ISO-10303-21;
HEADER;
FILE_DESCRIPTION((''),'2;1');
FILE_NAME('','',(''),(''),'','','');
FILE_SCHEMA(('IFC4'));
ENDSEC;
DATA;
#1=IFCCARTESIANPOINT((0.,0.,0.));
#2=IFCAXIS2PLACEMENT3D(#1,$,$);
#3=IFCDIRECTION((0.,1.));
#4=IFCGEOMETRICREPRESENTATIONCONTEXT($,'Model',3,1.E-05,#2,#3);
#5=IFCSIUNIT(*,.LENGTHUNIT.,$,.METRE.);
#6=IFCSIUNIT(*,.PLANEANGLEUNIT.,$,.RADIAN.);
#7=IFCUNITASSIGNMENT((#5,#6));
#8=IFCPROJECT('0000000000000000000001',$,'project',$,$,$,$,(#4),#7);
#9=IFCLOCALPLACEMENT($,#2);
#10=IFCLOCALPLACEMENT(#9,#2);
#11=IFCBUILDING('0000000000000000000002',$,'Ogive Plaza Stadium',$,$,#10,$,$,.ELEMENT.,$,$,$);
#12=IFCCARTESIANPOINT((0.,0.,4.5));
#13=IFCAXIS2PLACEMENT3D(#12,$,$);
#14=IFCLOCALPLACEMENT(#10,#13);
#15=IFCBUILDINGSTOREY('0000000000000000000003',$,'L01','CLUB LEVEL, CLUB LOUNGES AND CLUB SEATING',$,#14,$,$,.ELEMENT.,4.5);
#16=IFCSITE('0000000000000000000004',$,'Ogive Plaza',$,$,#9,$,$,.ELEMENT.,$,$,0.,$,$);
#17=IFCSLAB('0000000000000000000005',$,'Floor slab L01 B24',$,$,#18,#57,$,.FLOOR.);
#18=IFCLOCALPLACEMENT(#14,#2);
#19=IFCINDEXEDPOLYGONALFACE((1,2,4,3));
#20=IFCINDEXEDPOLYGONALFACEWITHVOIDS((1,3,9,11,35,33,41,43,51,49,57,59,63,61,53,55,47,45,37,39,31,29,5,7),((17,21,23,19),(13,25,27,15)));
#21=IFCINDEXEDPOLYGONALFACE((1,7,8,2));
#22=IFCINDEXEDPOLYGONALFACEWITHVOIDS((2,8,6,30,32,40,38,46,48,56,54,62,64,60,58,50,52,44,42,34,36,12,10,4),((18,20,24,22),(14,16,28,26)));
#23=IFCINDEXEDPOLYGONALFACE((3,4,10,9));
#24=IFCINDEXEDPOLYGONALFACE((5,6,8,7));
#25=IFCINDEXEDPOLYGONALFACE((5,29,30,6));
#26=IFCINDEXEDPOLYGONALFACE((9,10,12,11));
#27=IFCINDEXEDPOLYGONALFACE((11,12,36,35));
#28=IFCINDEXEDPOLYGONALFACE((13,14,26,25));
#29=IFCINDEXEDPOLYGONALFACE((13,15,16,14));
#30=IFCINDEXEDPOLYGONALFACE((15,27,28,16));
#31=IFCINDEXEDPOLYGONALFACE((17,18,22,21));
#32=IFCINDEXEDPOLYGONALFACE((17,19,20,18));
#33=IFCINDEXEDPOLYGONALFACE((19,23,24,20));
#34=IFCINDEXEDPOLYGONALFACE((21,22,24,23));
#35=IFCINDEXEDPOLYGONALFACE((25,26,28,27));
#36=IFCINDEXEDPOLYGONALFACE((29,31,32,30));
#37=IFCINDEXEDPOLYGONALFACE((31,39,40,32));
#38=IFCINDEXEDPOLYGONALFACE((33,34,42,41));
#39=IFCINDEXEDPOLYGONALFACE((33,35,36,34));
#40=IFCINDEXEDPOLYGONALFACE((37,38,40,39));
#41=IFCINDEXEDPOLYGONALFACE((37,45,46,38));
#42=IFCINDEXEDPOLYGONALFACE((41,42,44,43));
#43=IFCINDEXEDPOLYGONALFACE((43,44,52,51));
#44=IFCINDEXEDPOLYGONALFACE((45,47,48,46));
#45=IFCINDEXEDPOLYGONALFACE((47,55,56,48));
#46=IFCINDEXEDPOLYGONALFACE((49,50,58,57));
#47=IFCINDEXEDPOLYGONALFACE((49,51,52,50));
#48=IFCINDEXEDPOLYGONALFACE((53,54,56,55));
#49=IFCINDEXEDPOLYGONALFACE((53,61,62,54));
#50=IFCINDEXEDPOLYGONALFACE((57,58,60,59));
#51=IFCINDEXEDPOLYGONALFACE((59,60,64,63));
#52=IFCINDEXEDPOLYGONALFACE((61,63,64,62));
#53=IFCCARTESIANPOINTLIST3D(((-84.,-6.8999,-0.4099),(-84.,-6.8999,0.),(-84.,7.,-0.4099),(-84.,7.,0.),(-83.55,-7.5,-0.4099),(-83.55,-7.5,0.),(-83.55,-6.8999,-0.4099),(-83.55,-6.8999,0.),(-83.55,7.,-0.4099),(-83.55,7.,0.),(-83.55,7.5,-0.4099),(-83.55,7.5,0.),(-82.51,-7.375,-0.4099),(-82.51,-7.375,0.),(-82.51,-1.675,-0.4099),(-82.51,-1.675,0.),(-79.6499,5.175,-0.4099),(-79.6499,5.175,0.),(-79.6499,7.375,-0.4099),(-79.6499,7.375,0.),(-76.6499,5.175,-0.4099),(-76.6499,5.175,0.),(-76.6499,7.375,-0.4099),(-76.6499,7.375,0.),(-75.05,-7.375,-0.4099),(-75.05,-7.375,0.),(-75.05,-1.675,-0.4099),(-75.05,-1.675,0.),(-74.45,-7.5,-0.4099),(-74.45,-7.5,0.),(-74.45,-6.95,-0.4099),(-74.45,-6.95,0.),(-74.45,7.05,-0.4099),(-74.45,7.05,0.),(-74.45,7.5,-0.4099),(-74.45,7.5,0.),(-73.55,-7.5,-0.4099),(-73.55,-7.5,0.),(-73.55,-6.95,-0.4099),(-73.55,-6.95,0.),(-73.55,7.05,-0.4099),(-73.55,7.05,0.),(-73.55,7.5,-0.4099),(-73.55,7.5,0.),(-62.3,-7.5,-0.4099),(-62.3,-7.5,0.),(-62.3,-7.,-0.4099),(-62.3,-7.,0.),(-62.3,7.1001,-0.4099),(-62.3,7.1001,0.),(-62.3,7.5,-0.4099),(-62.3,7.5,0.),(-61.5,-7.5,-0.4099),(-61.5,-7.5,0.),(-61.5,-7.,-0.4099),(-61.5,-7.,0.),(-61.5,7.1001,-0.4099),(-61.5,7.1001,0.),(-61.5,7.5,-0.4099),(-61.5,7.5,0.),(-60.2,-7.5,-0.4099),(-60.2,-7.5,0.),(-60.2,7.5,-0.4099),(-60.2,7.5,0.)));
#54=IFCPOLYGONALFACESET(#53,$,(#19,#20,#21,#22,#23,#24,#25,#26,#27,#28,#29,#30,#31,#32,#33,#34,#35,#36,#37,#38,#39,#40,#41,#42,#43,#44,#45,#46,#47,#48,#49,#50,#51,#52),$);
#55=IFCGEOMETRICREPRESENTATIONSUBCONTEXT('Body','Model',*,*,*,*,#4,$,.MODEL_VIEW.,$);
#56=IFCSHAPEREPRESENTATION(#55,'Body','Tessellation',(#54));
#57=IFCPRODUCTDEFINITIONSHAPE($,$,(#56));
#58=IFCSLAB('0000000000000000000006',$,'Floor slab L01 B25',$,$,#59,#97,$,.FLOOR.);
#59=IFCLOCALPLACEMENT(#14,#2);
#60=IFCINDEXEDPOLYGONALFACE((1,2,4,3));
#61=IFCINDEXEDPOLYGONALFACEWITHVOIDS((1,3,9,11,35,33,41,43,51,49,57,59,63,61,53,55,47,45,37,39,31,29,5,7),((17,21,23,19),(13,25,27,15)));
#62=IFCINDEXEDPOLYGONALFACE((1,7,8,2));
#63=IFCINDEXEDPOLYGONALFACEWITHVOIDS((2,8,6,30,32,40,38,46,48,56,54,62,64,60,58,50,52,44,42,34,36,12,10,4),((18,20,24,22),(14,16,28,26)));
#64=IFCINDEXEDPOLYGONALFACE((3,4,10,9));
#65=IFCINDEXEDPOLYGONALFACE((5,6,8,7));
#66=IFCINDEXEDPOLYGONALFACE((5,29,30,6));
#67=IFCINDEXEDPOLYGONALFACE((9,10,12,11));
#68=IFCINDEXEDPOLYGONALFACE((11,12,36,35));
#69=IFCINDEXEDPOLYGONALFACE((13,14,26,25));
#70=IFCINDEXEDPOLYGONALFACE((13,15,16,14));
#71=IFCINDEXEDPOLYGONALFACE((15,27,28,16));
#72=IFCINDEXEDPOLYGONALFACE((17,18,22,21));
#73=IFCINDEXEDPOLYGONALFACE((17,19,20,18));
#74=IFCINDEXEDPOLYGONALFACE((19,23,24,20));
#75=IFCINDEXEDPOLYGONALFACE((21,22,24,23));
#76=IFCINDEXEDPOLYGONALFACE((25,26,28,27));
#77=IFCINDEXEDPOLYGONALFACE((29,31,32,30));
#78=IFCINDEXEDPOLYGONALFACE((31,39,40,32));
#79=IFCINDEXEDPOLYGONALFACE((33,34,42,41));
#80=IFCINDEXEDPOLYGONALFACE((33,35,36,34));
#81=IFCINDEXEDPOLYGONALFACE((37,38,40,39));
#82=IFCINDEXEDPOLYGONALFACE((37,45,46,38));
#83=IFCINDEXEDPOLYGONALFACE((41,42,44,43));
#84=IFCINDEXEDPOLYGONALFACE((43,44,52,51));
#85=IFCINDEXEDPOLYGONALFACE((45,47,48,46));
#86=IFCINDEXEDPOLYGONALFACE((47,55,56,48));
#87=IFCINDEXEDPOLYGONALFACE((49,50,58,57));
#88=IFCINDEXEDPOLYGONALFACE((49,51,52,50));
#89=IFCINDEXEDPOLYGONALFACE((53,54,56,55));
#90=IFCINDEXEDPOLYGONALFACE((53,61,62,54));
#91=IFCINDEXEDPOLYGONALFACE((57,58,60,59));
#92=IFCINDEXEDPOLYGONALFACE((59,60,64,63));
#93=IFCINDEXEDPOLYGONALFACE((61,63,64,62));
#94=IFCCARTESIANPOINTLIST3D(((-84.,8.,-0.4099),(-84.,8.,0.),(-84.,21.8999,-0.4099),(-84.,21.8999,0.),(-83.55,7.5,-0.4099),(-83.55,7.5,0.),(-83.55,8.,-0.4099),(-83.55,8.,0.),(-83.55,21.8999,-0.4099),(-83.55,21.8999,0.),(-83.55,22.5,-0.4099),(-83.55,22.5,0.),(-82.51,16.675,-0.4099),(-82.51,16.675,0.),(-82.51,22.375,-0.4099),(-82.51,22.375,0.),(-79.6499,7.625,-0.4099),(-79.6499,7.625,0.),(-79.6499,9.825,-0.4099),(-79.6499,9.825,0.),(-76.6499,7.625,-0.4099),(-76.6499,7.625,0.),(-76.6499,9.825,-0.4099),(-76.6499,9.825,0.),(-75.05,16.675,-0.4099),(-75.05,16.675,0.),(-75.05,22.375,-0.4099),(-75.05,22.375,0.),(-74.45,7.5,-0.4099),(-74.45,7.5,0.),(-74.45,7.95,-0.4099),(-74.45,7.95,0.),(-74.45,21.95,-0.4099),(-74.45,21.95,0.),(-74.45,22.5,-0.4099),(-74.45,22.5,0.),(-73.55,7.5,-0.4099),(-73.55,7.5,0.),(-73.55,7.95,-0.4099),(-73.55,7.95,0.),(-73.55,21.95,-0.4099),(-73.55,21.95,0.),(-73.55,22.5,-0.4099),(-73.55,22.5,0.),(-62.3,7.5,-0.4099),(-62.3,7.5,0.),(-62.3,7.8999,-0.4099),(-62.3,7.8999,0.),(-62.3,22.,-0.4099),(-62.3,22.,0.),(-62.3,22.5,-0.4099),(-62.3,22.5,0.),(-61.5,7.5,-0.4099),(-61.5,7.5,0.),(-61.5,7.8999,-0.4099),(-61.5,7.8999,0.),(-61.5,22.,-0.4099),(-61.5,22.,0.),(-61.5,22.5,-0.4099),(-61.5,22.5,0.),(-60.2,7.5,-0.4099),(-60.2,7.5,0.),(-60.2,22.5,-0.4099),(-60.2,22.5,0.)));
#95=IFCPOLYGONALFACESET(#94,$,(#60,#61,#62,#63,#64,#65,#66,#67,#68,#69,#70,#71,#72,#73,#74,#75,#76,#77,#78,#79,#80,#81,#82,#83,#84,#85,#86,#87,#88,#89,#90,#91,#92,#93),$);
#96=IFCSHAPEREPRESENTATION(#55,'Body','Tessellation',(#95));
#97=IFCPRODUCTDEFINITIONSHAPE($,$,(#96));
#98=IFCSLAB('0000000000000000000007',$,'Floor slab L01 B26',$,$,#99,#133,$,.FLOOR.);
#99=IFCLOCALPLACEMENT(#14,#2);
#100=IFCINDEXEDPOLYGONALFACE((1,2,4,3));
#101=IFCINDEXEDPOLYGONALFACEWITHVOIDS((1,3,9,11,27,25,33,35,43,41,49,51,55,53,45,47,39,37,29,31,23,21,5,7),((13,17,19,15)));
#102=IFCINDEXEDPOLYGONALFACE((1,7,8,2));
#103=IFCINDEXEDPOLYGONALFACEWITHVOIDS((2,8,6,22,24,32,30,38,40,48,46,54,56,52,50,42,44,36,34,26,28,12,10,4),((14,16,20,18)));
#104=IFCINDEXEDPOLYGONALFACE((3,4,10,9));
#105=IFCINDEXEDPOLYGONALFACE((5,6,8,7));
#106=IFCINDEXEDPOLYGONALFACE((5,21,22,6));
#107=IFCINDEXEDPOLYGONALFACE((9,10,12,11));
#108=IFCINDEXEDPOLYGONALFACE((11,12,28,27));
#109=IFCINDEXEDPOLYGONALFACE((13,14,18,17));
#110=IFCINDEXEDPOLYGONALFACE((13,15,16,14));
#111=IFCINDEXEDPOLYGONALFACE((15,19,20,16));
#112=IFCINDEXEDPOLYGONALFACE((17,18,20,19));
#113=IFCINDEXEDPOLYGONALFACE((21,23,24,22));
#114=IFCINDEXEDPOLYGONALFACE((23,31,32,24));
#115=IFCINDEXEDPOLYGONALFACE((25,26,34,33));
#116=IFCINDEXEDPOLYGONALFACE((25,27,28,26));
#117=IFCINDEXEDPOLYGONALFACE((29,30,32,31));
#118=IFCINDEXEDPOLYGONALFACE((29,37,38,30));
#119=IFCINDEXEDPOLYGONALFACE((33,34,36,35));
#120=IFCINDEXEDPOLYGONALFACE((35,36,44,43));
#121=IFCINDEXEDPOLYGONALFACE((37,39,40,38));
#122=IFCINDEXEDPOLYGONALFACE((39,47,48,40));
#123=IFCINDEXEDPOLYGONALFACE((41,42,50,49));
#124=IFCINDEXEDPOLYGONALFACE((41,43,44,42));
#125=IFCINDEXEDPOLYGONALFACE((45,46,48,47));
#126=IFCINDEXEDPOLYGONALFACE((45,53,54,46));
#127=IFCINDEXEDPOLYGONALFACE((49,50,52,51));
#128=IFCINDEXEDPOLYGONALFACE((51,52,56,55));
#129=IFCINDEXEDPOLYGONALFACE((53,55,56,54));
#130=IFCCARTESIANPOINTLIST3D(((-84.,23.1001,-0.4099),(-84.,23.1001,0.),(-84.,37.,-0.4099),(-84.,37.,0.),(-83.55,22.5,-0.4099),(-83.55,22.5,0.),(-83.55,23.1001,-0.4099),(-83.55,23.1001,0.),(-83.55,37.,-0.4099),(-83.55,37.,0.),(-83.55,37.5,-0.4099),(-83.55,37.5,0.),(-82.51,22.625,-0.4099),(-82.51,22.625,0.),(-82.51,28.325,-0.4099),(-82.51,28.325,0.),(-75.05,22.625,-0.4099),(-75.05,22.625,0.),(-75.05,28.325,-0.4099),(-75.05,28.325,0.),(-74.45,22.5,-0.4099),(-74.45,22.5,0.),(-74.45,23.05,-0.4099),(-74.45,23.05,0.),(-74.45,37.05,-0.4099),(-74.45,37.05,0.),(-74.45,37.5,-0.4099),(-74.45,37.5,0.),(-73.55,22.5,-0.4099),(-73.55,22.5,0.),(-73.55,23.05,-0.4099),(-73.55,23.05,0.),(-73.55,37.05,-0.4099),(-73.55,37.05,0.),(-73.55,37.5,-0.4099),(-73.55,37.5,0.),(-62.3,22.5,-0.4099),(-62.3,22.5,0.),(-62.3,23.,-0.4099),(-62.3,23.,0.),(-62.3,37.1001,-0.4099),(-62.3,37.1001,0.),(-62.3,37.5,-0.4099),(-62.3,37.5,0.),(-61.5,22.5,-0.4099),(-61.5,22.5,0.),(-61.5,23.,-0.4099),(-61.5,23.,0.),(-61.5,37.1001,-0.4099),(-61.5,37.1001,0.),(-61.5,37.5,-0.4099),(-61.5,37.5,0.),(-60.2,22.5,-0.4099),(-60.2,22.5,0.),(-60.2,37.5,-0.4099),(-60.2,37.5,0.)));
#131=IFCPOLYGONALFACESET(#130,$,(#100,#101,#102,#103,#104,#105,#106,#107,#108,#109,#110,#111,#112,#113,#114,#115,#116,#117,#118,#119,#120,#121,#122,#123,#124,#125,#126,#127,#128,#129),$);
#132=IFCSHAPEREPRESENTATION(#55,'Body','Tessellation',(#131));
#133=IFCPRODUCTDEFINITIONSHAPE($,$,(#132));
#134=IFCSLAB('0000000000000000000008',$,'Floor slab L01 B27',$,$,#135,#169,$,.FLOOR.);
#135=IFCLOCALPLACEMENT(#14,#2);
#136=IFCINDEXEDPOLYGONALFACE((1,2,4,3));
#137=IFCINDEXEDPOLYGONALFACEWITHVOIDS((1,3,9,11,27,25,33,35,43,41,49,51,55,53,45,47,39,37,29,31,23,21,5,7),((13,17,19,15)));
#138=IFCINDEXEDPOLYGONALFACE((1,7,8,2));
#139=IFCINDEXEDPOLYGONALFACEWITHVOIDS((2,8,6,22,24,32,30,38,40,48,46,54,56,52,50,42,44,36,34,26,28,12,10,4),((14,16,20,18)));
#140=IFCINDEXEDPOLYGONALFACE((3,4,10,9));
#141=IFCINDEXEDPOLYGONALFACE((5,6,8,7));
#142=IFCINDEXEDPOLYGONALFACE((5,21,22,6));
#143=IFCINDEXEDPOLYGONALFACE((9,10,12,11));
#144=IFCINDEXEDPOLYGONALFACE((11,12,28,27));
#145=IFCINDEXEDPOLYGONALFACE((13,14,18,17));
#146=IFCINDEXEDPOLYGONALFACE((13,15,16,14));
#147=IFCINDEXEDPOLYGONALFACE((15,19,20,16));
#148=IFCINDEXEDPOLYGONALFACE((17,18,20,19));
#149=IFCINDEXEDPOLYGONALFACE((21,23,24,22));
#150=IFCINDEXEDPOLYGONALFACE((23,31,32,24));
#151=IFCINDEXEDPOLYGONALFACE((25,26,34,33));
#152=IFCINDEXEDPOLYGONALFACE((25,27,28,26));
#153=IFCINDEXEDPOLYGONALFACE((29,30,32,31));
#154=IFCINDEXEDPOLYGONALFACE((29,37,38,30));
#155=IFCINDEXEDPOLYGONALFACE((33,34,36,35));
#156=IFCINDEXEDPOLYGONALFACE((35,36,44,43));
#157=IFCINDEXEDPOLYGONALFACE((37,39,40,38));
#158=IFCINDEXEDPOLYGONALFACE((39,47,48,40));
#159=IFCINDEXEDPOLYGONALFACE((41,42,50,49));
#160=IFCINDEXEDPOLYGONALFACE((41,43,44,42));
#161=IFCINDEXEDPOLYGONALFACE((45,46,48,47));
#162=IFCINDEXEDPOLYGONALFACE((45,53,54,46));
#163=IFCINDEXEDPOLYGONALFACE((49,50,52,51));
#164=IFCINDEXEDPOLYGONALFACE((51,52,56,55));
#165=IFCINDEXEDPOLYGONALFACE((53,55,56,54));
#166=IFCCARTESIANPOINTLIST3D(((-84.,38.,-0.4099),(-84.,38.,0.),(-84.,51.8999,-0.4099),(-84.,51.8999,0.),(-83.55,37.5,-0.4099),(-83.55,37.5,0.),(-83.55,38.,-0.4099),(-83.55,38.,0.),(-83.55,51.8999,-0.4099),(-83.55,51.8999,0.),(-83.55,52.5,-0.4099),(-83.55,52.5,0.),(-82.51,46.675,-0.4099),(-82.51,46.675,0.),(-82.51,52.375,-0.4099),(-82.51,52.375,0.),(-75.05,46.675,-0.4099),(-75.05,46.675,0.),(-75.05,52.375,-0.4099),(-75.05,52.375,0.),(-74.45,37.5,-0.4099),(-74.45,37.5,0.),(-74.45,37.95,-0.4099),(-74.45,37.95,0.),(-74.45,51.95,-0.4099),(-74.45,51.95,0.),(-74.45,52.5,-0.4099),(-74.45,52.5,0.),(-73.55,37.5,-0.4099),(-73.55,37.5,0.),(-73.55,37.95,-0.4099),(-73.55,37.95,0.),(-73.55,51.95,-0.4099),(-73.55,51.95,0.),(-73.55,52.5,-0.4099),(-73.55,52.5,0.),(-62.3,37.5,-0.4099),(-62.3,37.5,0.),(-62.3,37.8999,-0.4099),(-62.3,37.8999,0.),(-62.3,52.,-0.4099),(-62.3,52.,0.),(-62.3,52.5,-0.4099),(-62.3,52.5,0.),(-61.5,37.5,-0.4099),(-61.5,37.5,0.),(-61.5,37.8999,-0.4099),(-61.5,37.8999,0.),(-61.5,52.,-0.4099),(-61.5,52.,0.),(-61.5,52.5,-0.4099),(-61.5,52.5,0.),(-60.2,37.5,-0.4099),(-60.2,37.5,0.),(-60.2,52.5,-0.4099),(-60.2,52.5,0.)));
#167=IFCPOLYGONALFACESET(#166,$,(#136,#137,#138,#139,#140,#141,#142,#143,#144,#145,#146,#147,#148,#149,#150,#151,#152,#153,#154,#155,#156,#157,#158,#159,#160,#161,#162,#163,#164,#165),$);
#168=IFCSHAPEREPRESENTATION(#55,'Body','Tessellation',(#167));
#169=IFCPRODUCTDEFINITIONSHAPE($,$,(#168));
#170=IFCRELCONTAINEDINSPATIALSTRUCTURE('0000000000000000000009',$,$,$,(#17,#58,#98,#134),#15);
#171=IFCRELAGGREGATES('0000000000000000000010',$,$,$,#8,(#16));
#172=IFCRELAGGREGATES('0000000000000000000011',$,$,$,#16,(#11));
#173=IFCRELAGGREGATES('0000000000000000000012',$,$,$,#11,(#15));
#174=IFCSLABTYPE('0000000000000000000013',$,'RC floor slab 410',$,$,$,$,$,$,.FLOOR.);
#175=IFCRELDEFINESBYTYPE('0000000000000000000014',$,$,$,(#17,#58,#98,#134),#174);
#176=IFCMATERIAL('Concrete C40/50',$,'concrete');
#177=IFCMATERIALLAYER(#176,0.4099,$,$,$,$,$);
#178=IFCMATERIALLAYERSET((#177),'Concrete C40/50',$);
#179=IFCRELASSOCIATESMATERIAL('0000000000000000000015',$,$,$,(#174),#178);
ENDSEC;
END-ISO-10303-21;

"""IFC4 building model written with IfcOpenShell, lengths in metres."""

from ifc_helpers import new_model, si_unit, direction, frame, origin, place, context, subcontext, project, spatial, polyline, outline, extrude, material, layer, layer_set, type_object, element, save


model = new_model("IFC4")

# Units and contexts
model_context = context("Model", 3, precision=1e-05, world=origin(), true_north=direction((0.0, 1.0)))
body_context = subcontext(model_context, "Body", "Model", "MODEL_VIEW")
ifc_project = project(units=[si_unit("LENGTHUNIT", "METRE"), si_unit("PLANEANGLEUNIT", "RADIAN")], contexts=[model_context])

# Site, building, storey
site_placement = place(None, origin())
site = spatial("IfcSite", under=ifc_project, at=site_placement, Name="Ogive Plaza", CompositionType="ELEMENT", RefElevation=0.0)
building_placement = place(site_placement, origin())
building = spatial("IfcBuilding", under=site, at=building_placement, Name="Ogive Plaza Stadium", CompositionType="ELEMENT")
storey_placement = place(building_placement, frame((0.0, 0.0, 4.5)))
storey = spatial("IfcBuildingStorey", under=building, at=storey_placement, Name="L01", Description="CLUB LEVEL, CLUB LOUNGES AND CLUB SEATING", CompositionType="ELEMENT", Elevation=4.5)

# Slabs
ifc_material = material(Name="Concrete C40/50", Category="concrete")
ifc_layer = layer(ifc_material, 0.4099)
ifc_layer_set = layer_set([ifc_layer], Name="Concrete C40/50")
slab_type = type_object("IfcSlabType", Name="RC floor slab 410", PredefinedType="FLOOR", material=ifc_layer_set)
slab_1_placement = place(storey_placement, frame((0.0, 0.0, -0.4099)))
element("IfcSlab", 1, at=slab_1_placement, inside=storey, type_object=slab_type, Name="Floor slab L01 B24", PredefinedType="FLOOR", context=body_context, shape_type="SweptSolid", body=[
    extrude(outline(polyline([(-61.5, 7.5), (-61.5, 7.1001), (-62.3, 7.1001), (-62.3, 7.5), (-73.55, 7.5), (-73.55, 7.05), (-74.45, 7.05), (-74.45, 7.5), (-83.55, 7.5), (-83.55, 7.0), (-84.0, 7.0), (-84.0, -6.8999), (-83.55, -6.8999), (-83.55, -7.5), (-74.45, -7.5), (-74.45, -6.95), (-73.55, -6.95), (-73.55, -7.5), (-62.3, -7.5), (-62.3, -7.0), (-61.5, -7.0), (-61.5, -7.5), (-60.2, -7.5), (-60.2, 7.5), (-61.5, 7.5)]), holes=[polyline([(-75.05, -7.375), (-75.05, -1.675), (-82.51, -1.675), (-82.51, -7.375), (-75.05, -7.375)]), polyline([(-76.6499, 5.175), (-76.6499, 7.375), (-79.6499, 7.375), (-79.6499, 5.175), (-76.6499, 5.175)])]), origin(), (0.0, 0.0, 1.0), 0.4099),
])
slab_2_placement = place(storey_placement, frame((0.0, 0.0, -0.4099)))
element("IfcSlab", 2, at=slab_2_placement, inside=storey, type_object=slab_type, Name="Floor slab L01 B25", PredefinedType="FLOOR", context=body_context, shape_type="SweptSolid", body=[
    extrude(outline(polyline([(-61.5, 22.5), (-61.5, 22.0), (-62.3, 22.0), (-62.3, 22.5), (-73.55, 22.5), (-73.55, 21.95), (-74.45, 21.95), (-74.45, 22.5), (-83.55, 22.5), (-83.55, 21.8999), (-84.0, 21.8999), (-84.0, 8.0), (-83.55, 8.0), (-83.55, 7.5), (-74.45, 7.5), (-74.45, 7.95), (-73.55, 7.95), (-73.55, 7.5), (-62.3, 7.5), (-62.3, 7.8999), (-61.5, 7.8999), (-61.5, 7.5), (-60.2, 7.5), (-60.2, 22.5), (-61.5, 22.5)]), holes=[polyline([(-76.6499, 7.625), (-76.6499, 9.825), (-79.6499, 9.825), (-79.6499, 7.625), (-76.6499, 7.625)]), polyline([(-75.05, 16.675), (-75.05, 22.375), (-82.51, 22.375), (-82.51, 16.675), (-75.05, 16.675)])]), origin(), (0.0, 0.0, 1.0), 0.4099),
])
slab_3_placement = place(storey_placement, frame((0.0, 0.0, -0.4099)))
element("IfcSlab", 3, at=slab_3_placement, inside=storey, type_object=slab_type, Name="Floor slab L01 B26", PredefinedType="FLOOR", context=body_context, shape_type="SweptSolid", body=[
    extrude(outline(polyline([(-61.5, 37.5), (-61.5, 37.1001), (-62.3, 37.1001), (-62.3, 37.5), (-73.55, 37.5), (-73.55, 37.05), (-74.45, 37.05), (-74.45, 37.5), (-83.55, 37.5), (-83.55, 37.0), (-84.0, 37.0), (-84.0, 23.1001), (-83.55, 23.1001), (-83.55, 22.5), (-74.45, 22.5), (-74.45, 23.05), (-73.55, 23.05), (-73.55, 22.5), (-62.3, 22.5), (-62.3, 23.0), (-61.5, 23.0), (-61.5, 22.5), (-60.2, 22.5), (-60.2, 37.5), (-61.5, 37.5)]), holes=[polyline([(-75.05, 22.625), (-75.05, 28.325), (-82.51, 28.325), (-82.51, 22.625), (-75.05, 22.625)])]), origin(), (0.0, 0.0, 1.0), 0.4099),
])
slab_4_placement = place(storey_placement, frame((0.0, 0.0, -0.4099)))
element("IfcSlab", 4, at=slab_4_placement, inside=storey, type_object=slab_type, Name="Floor slab L01 B27", PredefinedType="FLOOR", context=body_context, shape_type="SweptSolid", body=[
    extrude(outline(polyline([(-61.5, 52.5), (-61.5, 52.0), (-62.3, 52.0), (-62.3, 52.5), (-73.55, 52.5), (-73.55, 51.95), (-74.45, 51.95), (-74.45, 52.5), (-83.55, 52.5), (-83.55, 51.8999), (-84.0, 51.8999), (-84.0, 38.0), (-83.55, 38.0), (-83.55, 37.5), (-74.45, 37.5), (-74.45, 37.95), (-73.55, 37.95), (-73.55, 37.5), (-62.3, 37.5), (-62.3, 37.8999), (-61.5, 37.8999), (-61.5, 37.5), (-60.2, 37.5), (-60.2, 52.5), (-61.5, 52.5)]), holes=[polyline([(-75.05, 46.675), (-75.05, 52.375), (-82.51, 52.375), (-82.51, 46.675), (-75.05, 46.675)])]), origin(), (0.0, 0.0, 1.0), 0.4099),
])

save(model, "model.ifc")
